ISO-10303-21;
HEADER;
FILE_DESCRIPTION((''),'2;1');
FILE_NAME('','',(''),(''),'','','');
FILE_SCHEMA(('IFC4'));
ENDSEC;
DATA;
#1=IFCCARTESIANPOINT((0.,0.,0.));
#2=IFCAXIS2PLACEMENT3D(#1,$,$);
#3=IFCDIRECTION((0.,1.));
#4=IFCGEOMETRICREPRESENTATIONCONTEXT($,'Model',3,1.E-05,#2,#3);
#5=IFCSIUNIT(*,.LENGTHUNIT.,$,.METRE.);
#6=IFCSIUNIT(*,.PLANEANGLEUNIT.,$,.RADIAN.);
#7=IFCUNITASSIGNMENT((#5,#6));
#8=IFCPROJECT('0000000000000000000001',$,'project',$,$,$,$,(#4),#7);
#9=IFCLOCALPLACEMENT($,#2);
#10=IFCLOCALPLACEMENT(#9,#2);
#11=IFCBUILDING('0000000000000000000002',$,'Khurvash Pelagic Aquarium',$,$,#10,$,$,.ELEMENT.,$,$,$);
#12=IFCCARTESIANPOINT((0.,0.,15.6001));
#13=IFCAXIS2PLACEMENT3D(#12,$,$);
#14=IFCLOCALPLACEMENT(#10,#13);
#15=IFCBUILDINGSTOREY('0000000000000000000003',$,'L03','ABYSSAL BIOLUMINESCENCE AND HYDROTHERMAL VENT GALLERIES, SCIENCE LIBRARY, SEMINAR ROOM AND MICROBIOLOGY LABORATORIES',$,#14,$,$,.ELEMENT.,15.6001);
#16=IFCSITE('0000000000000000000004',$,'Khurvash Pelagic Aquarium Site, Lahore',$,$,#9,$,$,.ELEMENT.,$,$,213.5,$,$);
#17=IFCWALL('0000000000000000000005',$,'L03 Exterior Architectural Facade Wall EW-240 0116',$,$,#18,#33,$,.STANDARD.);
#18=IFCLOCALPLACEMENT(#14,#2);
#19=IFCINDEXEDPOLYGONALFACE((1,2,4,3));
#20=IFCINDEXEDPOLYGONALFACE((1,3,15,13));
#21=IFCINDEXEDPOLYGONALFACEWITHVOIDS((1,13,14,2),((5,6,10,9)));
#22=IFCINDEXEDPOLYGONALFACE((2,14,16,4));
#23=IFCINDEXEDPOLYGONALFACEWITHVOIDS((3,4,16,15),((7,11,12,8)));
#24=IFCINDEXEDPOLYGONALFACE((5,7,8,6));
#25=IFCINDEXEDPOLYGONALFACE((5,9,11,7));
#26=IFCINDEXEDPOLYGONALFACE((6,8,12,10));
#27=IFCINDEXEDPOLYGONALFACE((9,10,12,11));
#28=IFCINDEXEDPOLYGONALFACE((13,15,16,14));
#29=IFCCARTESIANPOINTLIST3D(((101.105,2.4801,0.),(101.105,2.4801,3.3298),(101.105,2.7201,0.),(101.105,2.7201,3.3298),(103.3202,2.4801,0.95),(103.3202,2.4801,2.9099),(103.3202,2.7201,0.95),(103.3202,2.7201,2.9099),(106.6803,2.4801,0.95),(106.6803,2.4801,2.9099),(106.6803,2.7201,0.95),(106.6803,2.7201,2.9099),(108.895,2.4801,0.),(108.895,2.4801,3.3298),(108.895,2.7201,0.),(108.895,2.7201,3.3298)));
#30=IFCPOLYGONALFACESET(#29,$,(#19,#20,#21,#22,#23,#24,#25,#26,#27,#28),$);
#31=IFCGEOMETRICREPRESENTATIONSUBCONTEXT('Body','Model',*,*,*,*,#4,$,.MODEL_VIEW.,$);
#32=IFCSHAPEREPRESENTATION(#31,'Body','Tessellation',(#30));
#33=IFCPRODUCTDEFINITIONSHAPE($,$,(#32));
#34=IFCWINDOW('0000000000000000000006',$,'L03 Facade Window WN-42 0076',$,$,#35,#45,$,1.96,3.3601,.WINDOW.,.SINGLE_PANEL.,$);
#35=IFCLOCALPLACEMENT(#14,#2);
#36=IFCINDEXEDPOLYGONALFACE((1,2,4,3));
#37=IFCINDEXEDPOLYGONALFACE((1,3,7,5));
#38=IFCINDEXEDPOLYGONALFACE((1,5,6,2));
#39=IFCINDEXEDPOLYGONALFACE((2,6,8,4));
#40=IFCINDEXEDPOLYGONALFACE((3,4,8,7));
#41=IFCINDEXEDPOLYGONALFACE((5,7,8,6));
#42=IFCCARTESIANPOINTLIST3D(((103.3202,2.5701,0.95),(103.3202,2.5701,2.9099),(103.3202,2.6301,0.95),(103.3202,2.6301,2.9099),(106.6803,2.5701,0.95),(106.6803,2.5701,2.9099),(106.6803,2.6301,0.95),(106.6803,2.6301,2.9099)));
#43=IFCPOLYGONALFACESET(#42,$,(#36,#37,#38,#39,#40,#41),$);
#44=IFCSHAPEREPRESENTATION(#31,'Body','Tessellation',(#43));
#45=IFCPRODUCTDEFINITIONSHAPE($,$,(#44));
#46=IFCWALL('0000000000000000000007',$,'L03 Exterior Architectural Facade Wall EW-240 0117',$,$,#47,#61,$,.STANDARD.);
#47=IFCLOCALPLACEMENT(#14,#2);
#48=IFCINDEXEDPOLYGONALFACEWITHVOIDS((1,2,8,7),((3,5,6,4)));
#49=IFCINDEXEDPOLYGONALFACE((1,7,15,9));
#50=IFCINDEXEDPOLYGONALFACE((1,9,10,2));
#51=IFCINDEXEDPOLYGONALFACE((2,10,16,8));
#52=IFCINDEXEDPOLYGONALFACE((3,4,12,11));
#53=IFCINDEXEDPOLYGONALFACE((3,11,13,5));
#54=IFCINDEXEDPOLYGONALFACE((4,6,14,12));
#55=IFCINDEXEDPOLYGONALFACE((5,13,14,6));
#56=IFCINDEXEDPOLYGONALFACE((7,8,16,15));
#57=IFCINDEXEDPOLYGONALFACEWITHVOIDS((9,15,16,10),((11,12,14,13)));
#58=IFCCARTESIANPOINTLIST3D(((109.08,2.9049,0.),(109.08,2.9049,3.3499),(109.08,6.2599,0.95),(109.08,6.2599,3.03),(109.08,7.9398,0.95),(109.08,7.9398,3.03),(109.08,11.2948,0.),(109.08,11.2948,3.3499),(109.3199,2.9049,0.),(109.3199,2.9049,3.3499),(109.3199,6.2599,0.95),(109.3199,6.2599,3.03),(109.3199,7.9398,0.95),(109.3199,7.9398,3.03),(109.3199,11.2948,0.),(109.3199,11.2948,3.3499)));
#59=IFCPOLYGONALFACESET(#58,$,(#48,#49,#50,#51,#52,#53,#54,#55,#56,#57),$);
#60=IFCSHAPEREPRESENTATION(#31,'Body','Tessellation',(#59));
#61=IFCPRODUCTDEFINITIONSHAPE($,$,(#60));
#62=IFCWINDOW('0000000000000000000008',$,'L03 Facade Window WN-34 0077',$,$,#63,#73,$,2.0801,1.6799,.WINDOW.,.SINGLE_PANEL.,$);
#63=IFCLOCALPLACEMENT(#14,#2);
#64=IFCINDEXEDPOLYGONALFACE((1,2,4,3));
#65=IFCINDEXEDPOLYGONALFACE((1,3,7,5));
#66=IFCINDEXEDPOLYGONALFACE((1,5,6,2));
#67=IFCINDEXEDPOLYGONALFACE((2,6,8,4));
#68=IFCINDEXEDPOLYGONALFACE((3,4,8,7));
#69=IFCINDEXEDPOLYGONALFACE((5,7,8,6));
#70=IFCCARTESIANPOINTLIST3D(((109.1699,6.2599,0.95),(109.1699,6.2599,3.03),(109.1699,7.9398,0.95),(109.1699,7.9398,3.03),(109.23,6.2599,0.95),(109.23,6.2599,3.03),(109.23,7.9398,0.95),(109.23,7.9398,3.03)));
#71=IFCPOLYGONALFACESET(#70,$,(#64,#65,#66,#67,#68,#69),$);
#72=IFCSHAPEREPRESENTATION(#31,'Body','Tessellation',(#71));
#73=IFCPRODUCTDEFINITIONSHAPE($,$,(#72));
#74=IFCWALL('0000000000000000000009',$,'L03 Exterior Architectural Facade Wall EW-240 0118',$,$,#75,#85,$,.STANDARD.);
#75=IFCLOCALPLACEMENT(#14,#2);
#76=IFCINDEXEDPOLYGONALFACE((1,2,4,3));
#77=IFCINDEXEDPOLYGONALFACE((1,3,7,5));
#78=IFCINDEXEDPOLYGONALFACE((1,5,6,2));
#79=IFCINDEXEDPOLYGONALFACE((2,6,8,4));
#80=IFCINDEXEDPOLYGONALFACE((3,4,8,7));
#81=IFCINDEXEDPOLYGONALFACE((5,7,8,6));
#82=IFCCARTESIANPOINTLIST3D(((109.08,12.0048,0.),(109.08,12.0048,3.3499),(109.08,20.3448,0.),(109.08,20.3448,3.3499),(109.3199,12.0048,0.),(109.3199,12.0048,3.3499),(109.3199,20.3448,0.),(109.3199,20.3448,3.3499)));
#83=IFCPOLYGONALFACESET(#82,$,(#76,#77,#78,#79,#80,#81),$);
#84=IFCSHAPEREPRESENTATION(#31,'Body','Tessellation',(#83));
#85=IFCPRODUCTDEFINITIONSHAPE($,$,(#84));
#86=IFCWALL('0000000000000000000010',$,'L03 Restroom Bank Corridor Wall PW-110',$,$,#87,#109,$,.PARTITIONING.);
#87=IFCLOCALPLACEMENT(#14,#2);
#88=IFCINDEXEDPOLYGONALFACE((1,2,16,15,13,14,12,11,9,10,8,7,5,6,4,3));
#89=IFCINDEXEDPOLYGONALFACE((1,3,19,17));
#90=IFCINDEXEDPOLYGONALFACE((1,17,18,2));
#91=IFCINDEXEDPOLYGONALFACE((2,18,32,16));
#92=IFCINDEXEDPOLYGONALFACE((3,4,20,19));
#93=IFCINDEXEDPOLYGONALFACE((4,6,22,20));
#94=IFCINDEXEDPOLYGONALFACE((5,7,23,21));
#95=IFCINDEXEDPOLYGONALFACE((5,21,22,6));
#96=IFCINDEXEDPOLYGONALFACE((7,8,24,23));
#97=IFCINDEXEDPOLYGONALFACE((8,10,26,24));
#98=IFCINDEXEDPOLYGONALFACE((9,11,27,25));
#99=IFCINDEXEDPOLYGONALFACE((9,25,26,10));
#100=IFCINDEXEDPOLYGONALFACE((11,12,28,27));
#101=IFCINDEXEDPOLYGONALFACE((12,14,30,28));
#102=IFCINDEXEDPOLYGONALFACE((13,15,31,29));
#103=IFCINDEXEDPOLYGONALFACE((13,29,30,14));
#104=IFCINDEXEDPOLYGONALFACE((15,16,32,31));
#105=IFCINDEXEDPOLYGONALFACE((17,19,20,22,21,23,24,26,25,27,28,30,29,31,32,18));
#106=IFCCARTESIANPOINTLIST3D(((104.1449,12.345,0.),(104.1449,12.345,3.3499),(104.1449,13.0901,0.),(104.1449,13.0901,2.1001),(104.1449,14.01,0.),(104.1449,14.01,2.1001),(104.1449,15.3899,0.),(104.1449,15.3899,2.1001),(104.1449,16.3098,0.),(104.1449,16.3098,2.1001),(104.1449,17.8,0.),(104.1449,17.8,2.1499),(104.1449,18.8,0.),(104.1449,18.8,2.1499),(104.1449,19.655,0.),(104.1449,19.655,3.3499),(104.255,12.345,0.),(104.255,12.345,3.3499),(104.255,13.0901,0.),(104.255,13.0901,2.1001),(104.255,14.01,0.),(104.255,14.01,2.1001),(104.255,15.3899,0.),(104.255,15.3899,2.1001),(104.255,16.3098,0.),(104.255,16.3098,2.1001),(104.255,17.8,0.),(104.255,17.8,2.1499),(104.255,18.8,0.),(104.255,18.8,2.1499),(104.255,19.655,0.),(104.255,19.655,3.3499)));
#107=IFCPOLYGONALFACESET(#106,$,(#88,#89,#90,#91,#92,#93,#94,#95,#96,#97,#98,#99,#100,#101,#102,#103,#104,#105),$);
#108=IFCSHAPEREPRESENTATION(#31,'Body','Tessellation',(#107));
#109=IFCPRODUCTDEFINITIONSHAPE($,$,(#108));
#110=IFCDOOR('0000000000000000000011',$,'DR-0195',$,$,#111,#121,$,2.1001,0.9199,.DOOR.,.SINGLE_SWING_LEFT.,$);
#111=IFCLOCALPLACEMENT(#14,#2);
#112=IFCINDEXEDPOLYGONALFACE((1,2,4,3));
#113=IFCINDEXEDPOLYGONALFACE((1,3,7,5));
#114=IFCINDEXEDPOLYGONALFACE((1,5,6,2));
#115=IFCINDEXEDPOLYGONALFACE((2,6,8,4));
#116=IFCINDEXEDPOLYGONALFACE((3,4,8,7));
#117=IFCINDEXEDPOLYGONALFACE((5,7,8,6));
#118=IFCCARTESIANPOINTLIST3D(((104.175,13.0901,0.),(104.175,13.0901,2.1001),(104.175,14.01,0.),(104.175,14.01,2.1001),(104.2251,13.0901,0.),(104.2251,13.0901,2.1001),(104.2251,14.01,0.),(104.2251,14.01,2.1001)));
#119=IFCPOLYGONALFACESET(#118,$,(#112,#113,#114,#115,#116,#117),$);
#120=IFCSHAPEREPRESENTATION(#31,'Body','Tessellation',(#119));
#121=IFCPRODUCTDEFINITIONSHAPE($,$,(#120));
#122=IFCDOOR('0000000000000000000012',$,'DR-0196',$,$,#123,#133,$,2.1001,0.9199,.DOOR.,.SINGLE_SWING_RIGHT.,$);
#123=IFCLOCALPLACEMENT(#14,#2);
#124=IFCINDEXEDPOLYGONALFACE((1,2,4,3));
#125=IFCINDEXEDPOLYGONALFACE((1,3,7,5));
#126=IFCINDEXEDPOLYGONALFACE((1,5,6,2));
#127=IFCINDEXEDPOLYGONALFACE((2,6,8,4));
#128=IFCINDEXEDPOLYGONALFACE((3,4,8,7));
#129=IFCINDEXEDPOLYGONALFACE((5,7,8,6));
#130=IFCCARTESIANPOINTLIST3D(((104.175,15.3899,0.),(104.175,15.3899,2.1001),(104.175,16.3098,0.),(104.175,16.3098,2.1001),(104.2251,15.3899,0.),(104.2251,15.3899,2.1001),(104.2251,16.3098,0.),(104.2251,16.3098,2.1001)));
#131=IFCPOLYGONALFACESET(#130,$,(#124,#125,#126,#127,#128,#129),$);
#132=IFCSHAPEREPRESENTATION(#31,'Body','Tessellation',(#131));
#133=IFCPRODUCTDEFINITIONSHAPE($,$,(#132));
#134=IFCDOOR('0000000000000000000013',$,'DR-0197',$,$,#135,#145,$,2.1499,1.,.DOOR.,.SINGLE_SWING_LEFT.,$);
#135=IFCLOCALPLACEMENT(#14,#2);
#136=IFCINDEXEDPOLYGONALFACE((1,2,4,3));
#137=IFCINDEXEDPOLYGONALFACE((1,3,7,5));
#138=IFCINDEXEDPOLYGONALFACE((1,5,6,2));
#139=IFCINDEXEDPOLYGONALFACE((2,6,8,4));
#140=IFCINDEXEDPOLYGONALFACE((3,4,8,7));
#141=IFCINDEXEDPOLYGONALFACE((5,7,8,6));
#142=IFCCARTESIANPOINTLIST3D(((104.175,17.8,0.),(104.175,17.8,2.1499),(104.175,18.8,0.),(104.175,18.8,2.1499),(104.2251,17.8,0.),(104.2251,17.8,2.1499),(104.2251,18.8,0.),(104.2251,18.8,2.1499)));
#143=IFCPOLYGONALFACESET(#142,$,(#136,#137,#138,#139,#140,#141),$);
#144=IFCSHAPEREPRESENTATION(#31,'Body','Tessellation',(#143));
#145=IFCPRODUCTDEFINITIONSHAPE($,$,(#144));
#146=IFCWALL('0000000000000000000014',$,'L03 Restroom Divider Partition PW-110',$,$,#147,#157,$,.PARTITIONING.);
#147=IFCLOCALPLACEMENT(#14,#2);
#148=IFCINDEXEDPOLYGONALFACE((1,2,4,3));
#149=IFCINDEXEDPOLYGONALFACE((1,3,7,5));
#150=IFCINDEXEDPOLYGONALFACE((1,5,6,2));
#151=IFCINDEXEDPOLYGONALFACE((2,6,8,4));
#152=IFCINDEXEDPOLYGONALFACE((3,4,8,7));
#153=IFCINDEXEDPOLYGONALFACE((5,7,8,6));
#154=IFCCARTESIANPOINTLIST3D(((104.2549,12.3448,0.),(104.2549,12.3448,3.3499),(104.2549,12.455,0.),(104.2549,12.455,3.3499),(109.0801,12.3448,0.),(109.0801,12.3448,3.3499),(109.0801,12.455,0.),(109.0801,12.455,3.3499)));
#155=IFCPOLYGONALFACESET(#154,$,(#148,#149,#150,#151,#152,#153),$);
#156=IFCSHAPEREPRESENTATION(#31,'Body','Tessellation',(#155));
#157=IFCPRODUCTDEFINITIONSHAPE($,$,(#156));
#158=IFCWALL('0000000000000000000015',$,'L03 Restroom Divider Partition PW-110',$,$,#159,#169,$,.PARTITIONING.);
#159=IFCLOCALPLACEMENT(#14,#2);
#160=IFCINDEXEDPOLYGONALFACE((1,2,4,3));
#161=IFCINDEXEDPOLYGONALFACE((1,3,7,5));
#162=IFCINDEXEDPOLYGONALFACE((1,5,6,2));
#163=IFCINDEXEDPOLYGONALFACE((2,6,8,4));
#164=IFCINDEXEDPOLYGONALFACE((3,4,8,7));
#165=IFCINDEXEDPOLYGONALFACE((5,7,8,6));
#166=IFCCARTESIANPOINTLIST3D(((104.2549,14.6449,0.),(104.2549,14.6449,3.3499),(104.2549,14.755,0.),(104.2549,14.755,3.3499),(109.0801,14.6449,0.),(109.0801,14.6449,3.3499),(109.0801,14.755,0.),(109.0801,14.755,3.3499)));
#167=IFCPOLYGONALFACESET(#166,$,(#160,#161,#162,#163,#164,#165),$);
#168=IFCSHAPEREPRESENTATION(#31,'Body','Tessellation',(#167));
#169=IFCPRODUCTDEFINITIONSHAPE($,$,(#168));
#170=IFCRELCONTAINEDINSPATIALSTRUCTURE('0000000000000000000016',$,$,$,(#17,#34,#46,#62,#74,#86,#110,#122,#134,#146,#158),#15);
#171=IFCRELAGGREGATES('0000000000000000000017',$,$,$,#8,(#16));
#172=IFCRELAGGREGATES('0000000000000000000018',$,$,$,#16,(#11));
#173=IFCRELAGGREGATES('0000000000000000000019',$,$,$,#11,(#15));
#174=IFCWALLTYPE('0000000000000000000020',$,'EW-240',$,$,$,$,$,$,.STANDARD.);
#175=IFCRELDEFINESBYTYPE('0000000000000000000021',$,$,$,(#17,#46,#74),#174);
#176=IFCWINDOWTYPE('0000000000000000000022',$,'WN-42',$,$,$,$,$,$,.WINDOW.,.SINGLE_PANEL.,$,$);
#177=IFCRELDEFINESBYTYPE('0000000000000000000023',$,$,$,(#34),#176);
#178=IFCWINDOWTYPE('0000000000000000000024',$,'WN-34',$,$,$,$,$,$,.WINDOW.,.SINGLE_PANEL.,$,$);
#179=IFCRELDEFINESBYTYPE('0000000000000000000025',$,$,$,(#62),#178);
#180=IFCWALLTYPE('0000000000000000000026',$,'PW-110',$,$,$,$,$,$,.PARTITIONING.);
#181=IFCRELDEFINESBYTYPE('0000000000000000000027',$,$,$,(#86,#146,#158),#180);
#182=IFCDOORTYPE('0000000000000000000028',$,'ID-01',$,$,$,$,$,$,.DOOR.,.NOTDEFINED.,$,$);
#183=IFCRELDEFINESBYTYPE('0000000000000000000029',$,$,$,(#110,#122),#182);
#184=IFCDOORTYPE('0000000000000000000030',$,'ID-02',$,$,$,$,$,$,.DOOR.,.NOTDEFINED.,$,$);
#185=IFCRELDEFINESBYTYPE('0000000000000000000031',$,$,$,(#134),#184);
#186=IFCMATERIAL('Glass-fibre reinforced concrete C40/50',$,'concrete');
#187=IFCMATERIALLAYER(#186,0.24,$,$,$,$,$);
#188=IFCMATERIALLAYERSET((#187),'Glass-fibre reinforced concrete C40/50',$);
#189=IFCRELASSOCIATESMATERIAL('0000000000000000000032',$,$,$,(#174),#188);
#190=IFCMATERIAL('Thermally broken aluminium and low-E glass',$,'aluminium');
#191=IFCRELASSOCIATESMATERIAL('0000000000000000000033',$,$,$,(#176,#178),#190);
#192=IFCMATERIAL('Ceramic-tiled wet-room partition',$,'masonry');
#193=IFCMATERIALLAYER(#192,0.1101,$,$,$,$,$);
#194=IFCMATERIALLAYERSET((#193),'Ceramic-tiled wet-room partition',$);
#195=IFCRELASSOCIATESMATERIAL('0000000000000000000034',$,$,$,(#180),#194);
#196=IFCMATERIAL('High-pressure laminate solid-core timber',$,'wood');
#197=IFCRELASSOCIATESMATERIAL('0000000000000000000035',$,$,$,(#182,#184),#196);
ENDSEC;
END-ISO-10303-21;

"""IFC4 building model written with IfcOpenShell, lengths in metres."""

from ifc_helpers import new_model, si_unit, direction, frame, frame_2d, origin, place, context, subcontext, project, spatial, rectangle, extrude, material, layer, layer_set, type_object, element, fill, save


model = new_model("IFC4")

# Units and contexts
model_context = context("Model", 3, precision=1e-05, world=origin(), true_north=direction((0.0, 1.0)))
body_context = subcontext(model_context, "Body", "Model", "MODEL_VIEW")
ifc_project = project(units=[si_unit("LENGTHUNIT", "METRE"), si_unit("PLANEANGLEUNIT", "RADIAN")], contexts=[model_context])

# Site, building, storey
site_placement = place(None, origin())
site = spatial("IfcSite", under=ifc_project, at=site_placement, Name="Khurvash Pelagic Aquarium Site, Lahore", CompositionType="ELEMENT", RefElevation=213.5)
building_placement = place(site_placement, origin())
building = spatial("IfcBuilding", under=site, at=building_placement, Name="Khurvash Pelagic Aquarium", CompositionType="ELEMENT")
storey_placement = place(building_placement, frame((0.0, 0.0, 15.6001)))
storey = spatial("IfcBuildingStorey", under=building, at=storey_placement, Name="L03", Description="ABYSSAL BIOLUMINESCENCE AND HYDROTHERMAL VENT GALLERIES, SCIENCE LIBRARY, SEMINAR ROOM AND MICROBIOLOGY LABORATORIES", CompositionType="ELEMENT", Elevation=15.6001)

# Walls, openings, windows
ifc_material_1 = material(Name="Glass-fibre reinforced concrete C40/50", Category="concrete")
ifc_layer_1 = layer(ifc_material_1, 0.24)
ifc_layer_set_1 = layer_set([ifc_layer_1], Name="Glass-fibre reinforced concrete C40/50")
wall_type_1 = type_object("IfcWallType", Name="EW-240", PredefinedType="STANDARD", material=ifc_layer_set_1)
wall_1_placement = place(storey_placement, frame((101.105, 2.6001, 0.0), z_axis=(0.0, 0.0, 1.0), x_axis=(1.0, 0.0, 0.0)))
wall_1 = element("IfcWall", 1, at=wall_1_placement, inside=storey, type_object=wall_type_1, Name="L03 Exterior Architectural Facade Wall EW-240 0116", PredefinedType="STANDARD", context=body_context, shape_type="SweptSolid", body=[
    extrude(rectangle(XDim=7.79, YDim=0.24, at=frame_2d((3.895, 0.0))), origin(), (0.0, 0.0, 1.0), 3.3298),
])
opening_1_placement = place(wall_1_placement, frame((2.2151, 0.0, 0.95)))
opening_1 = element("IfcOpeningElement", 2, at=opening_1_placement, cuts=wall_1, PredefinedType="OPENING", context=body_context, shape_type="SweptSolid", body=[
    extrude(rectangle(XDim=3.3601, YDim=1.96, at=frame_2d((1.6802, 0.98))), frame((0.0, 0.1299, 0.0), z_axis=(0.0, -1.0, 0.0), x_axis=(1.0, 0.0, 0.0)), (0.0, 0.0, 1.0), 0.26),
])
ifc_material_2 = material(Name="Thermally broken aluminium and low-E glass", Category="aluminium")
window_type_1 = type_object("IfcWindowType", Name="WN-42", PartitioningType="SINGLE_PANEL", PredefinedType="WINDOW", material=ifc_material_2)
window_1_placement = place(opening_1_placement, origin())
window_1 = element("IfcWindow", 3, at=window_1_placement, inside=storey, type_object=window_type_1, Name="L03 Facade Window WN-42 0076", OverallHeight=1.96, OverallWidth=3.3601, PartitioningType="SINGLE_PANEL", PredefinedType="WINDOW", context=body_context, shape_type="SweptSolid", body=[
    extrude(rectangle(XDim=3.3601, YDim=1.96, at=frame_2d((1.6802, 0.98))), frame((0.0, 0.03, 0.0), z_axis=(0.0, -1.0, 0.0), x_axis=(1.0, 0.0, 0.0)), (0.0, 0.0, 1.0), 0.0601),
])
fill(opening_1, window_1)
wall_2_placement = place(storey_placement, frame((109.2, 2.905, 0.0), z_axis=(0.0, 0.0, 1.0), x_axis=(0.0, 1.0, 0.0)))
wall_2 = element("IfcWall", 4, at=wall_2_placement, inside=storey, type_object=wall_type_1, Name="L03 Exterior Architectural Facade Wall EW-240 0117", PredefinedType="STANDARD", context=body_context, shape_type="SweptSolid", body=[
    extrude(rectangle(XDim=8.3899, YDim=0.24, at=frame_2d((4.1948, 0.0))), origin(), (0.0, 0.0, 1.0), 3.3499),
])
opening_2_placement = place(wall_2_placement, frame((3.355, 0.0, 0.95)))
opening_2 = element("IfcOpeningElement", 5, at=opening_2_placement, cuts=wall_2, PredefinedType="OPENING", context=body_context, shape_type="SweptSolid", body=[
    extrude(rectangle(XDim=1.6799, YDim=2.0801, at=frame_2d((0.8398, 1.04))), frame((0.0, 0.1299, 0.0), z_axis=(0.0, -1.0, 0.0), x_axis=(1.0, 0.0, 0.0)), (0.0, 0.0, 1.0), 0.26),
])
window_type_2 = type_object("IfcWindowType", Name="WN-34", PartitioningType="SINGLE_PANEL", PredefinedType="WINDOW", material=ifc_material_2)
window_2_placement = place(opening_2_placement, origin())
window_2 = element("IfcWindow", 6, at=window_2_placement, inside=storey, type_object=window_type_2, Name="L03 Facade Window WN-34 0077", OverallHeight=2.0801, OverallWidth=1.6799, PartitioningType="SINGLE_PANEL", PredefinedType="WINDOW", context=body_context, shape_type="SweptSolid", body=[
    extrude(rectangle(XDim=1.6799, YDim=2.0801, at=frame_2d((0.8398, 1.04))), frame((0.0, 0.03, 0.0), z_axis=(0.0, -1.0, 0.0), x_axis=(1.0, 0.0, 0.0)), (0.0, 0.0, 1.0), 0.0601),
])
fill(opening_2, window_2)

# Wall
wall_3_placement = place(storey_placement, frame((109.2, 12.0049, 0.0), z_axis=(0.0, 0.0, 1.0), x_axis=(0.0, 1.0, 0.0)))
element("IfcWall", 7, at=wall_3_placement, inside=storey, type_object=wall_type_1, Name="L03 Exterior Architectural Facade Wall EW-240 0118", PredefinedType="STANDARD", context=body_context, shape_type="SweptSolid", body=[
    extrude(rectangle(XDim=8.3401, YDim=0.24, at=frame_2d((4.1699, 0.0))), origin(), (0.0, 0.0, 1.0), 3.3499),
])

# Wall, openings, doors
ifc_material_3 = material(Name="Ceramic-tiled wet-room partition", Category="masonry")
ifc_layer_2 = layer(ifc_material_3, 0.1101)
ifc_layer_set_2 = layer_set([ifc_layer_2], Name="Ceramic-tiled wet-room partition")
wall_type_2 = type_object("IfcWallType", Name="PW-110", PredefinedType="PARTITIONING", material=ifc_layer_set_2)
wall_4_placement = place(storey_placement, frame((104.2, 12.345, 0.0), z_axis=(0.0, 0.0, 1.0), x_axis=(0.0, 1.0, 0.0)))
wall_4 = element("IfcWall", 8, at=wall_4_placement, inside=storey, type_object=wall_type_2, Name="L03 Restroom Bank Corridor Wall PW-110", PredefinedType="PARTITIONING", context=body_context, shape_type="SweptSolid", body=[
    extrude(rectangle(XDim=7.3101, YDim=0.1101, at=frame_2d((3.655, 0.0))), origin(), (0.0, 0.0, 1.0), 3.3499),
])
opening_3_placement = place(wall_4_placement, frame((0.7451, 0.0, 0.0)))
opening_3 = element("IfcOpeningElement", 9, at=opening_3_placement, cuts=wall_4, PredefinedType="OPENING", context=body_context, shape_type="SweptSolid", body=[
    extrude(rectangle(XDim=0.9199, YDim=2.1001, at=frame_2d((0.46, 1.05))), frame((0.0, 0.0649, 0.0), z_axis=(0.0, -1.0, 0.0), x_axis=(1.0, 0.0, 0.0)), (0.0, 0.0, 1.0), 0.1301),
])
opening_4_placement = place(wall_4_placement, frame((3.0449, 0.0, 0.0)))
opening_4 = element("IfcOpeningElement", 10, at=opening_4_placement, cuts=wall_4, PredefinedType="OPENING", context=body_context, shape_type="SweptSolid", body=[
    extrude(rectangle(XDim=0.9199, YDim=2.1001, at=frame_2d((0.46, 1.05))), frame((0.0, 0.0649, 0.0), z_axis=(0.0, -1.0, 0.0), x_axis=(1.0, 0.0, 0.0)), (0.0, 0.0, 1.0), 0.1301),
])
opening_5_placement = place(wall_4_placement, frame((5.4551, 0.0, 0.0)))
opening_5 = element("IfcOpeningElement", 11, at=opening_5_placement, cuts=wall_4, PredefinedType="OPENING", context=body_context, shape_type="SweptSolid", body=[
    extrude(rectangle(XDim=1.0, YDim=2.1499, at=frame_2d((0.5, 1.075))), frame((0.0, 0.0649, 0.0), z_axis=(0.0, -1.0, 0.0), x_axis=(1.0, 0.0, 0.0)), (0.0, 0.0, 1.0), 0.1301),
])
ifc_material_4 = material(Name="High-pressure laminate solid-core timber", Category="wood")
door_type_1 = type_object("IfcDoorType", Name="ID-01", OperationType="NOTDEFINED", PredefinedType="DOOR", material=ifc_material_4)
door_1_placement = place(opening_3_placement, origin())
door_1 = element("IfcDoor", 12, at=door_1_placement, inside=storey, type_object=door_type_1, Name="DR-0195", OperationType="SINGLE_SWING_LEFT", OverallHeight=2.1001, OverallWidth=0.9199, PredefinedType="DOOR", context=body_context, shape_type="SweptSolid", body=[
    extrude(rectangle(XDim=0.9199, YDim=2.1001, at=frame_2d((0.46, 1.05))), frame((0.0, 0.0249, 0.0), z_axis=(0.0, -1.0, 0.0), x_axis=(1.0, 0.0, 0.0)), (0.0, 0.0, 1.0), 0.05),
])
fill(opening_3, door_1)
door_2_placement = place(opening_4_placement, origin())
door_2 = element("IfcDoor", 13, at=door_2_placement, inside=storey, type_object=door_type_1, Name="DR-0196", OperationType="SINGLE_SWING_RIGHT", OverallHeight=2.1001, OverallWidth=0.9199, PredefinedType="DOOR", context=body_context, shape_type="SweptSolid", body=[
    extrude(rectangle(XDim=0.9199, YDim=2.1001, at=frame_2d((0.46, 1.05))), frame((0.0, 0.0249, 0.0), z_axis=(0.0, -1.0, 0.0), x_axis=(1.0, 0.0, 0.0)), (0.0, 0.0, 1.0), 0.05),
])
fill(opening_4, door_2)
door_type_2 = type_object("IfcDoorType", Name="ID-02", OperationType="NOTDEFINED", PredefinedType="DOOR", material=ifc_material_4)
door_3_placement = place(opening_5_placement, origin())
door_3 = element("IfcDoor", 14, at=door_3_placement, inside=storey, type_object=door_type_2, Name="DR-0197", OperationType="SINGLE_SWING_LEFT", OverallHeight=2.1499, OverallWidth=1.0, PredefinedType="DOOR", context=body_context, shape_type="SweptSolid", body=[
    extrude(rectangle(XDim=1.0, YDim=2.1499, at=frame_2d((0.5, 1.075))), frame((0.0, 0.0249, 0.0), z_axis=(0.0, -1.0, 0.0), x_axis=(1.0, 0.0, 0.0)), (0.0, 0.0, 1.0), 0.05),
])
fill(opening_5, door_3)

# Walls
for number, where, z_axis, x_axis, name in (
    (15, (104.2549, 12.3999, 0.0), (0.0, 0.0, 1.0), (1.0, 0.0, 0.0), "L03 Restroom Divider Partition PW-110"),
    (16, (104.2549, 14.7, 0.0), (0.0, 0.0, 1.0), (1.0, 0.0, 0.0), "L03 Restroom Divider Partition PW-110"),
):
    element("IfcWall", number, at=place(storey_placement, frame(where, z_axis=z_axis, x_axis=x_axis)), inside=storey, type_object=wall_type_2, Name=name, PredefinedType="PARTITIONING", context=body_context, shape_type="SweptSolid", body=[
        extrude(rectangle(XDim=4.8252, YDim=0.1101, at=frame_2d((2.4126, 0.0))), origin(), (0.0, 0.0, 1.0), 3.3499),
    ])

save(model, "model.ifc")
